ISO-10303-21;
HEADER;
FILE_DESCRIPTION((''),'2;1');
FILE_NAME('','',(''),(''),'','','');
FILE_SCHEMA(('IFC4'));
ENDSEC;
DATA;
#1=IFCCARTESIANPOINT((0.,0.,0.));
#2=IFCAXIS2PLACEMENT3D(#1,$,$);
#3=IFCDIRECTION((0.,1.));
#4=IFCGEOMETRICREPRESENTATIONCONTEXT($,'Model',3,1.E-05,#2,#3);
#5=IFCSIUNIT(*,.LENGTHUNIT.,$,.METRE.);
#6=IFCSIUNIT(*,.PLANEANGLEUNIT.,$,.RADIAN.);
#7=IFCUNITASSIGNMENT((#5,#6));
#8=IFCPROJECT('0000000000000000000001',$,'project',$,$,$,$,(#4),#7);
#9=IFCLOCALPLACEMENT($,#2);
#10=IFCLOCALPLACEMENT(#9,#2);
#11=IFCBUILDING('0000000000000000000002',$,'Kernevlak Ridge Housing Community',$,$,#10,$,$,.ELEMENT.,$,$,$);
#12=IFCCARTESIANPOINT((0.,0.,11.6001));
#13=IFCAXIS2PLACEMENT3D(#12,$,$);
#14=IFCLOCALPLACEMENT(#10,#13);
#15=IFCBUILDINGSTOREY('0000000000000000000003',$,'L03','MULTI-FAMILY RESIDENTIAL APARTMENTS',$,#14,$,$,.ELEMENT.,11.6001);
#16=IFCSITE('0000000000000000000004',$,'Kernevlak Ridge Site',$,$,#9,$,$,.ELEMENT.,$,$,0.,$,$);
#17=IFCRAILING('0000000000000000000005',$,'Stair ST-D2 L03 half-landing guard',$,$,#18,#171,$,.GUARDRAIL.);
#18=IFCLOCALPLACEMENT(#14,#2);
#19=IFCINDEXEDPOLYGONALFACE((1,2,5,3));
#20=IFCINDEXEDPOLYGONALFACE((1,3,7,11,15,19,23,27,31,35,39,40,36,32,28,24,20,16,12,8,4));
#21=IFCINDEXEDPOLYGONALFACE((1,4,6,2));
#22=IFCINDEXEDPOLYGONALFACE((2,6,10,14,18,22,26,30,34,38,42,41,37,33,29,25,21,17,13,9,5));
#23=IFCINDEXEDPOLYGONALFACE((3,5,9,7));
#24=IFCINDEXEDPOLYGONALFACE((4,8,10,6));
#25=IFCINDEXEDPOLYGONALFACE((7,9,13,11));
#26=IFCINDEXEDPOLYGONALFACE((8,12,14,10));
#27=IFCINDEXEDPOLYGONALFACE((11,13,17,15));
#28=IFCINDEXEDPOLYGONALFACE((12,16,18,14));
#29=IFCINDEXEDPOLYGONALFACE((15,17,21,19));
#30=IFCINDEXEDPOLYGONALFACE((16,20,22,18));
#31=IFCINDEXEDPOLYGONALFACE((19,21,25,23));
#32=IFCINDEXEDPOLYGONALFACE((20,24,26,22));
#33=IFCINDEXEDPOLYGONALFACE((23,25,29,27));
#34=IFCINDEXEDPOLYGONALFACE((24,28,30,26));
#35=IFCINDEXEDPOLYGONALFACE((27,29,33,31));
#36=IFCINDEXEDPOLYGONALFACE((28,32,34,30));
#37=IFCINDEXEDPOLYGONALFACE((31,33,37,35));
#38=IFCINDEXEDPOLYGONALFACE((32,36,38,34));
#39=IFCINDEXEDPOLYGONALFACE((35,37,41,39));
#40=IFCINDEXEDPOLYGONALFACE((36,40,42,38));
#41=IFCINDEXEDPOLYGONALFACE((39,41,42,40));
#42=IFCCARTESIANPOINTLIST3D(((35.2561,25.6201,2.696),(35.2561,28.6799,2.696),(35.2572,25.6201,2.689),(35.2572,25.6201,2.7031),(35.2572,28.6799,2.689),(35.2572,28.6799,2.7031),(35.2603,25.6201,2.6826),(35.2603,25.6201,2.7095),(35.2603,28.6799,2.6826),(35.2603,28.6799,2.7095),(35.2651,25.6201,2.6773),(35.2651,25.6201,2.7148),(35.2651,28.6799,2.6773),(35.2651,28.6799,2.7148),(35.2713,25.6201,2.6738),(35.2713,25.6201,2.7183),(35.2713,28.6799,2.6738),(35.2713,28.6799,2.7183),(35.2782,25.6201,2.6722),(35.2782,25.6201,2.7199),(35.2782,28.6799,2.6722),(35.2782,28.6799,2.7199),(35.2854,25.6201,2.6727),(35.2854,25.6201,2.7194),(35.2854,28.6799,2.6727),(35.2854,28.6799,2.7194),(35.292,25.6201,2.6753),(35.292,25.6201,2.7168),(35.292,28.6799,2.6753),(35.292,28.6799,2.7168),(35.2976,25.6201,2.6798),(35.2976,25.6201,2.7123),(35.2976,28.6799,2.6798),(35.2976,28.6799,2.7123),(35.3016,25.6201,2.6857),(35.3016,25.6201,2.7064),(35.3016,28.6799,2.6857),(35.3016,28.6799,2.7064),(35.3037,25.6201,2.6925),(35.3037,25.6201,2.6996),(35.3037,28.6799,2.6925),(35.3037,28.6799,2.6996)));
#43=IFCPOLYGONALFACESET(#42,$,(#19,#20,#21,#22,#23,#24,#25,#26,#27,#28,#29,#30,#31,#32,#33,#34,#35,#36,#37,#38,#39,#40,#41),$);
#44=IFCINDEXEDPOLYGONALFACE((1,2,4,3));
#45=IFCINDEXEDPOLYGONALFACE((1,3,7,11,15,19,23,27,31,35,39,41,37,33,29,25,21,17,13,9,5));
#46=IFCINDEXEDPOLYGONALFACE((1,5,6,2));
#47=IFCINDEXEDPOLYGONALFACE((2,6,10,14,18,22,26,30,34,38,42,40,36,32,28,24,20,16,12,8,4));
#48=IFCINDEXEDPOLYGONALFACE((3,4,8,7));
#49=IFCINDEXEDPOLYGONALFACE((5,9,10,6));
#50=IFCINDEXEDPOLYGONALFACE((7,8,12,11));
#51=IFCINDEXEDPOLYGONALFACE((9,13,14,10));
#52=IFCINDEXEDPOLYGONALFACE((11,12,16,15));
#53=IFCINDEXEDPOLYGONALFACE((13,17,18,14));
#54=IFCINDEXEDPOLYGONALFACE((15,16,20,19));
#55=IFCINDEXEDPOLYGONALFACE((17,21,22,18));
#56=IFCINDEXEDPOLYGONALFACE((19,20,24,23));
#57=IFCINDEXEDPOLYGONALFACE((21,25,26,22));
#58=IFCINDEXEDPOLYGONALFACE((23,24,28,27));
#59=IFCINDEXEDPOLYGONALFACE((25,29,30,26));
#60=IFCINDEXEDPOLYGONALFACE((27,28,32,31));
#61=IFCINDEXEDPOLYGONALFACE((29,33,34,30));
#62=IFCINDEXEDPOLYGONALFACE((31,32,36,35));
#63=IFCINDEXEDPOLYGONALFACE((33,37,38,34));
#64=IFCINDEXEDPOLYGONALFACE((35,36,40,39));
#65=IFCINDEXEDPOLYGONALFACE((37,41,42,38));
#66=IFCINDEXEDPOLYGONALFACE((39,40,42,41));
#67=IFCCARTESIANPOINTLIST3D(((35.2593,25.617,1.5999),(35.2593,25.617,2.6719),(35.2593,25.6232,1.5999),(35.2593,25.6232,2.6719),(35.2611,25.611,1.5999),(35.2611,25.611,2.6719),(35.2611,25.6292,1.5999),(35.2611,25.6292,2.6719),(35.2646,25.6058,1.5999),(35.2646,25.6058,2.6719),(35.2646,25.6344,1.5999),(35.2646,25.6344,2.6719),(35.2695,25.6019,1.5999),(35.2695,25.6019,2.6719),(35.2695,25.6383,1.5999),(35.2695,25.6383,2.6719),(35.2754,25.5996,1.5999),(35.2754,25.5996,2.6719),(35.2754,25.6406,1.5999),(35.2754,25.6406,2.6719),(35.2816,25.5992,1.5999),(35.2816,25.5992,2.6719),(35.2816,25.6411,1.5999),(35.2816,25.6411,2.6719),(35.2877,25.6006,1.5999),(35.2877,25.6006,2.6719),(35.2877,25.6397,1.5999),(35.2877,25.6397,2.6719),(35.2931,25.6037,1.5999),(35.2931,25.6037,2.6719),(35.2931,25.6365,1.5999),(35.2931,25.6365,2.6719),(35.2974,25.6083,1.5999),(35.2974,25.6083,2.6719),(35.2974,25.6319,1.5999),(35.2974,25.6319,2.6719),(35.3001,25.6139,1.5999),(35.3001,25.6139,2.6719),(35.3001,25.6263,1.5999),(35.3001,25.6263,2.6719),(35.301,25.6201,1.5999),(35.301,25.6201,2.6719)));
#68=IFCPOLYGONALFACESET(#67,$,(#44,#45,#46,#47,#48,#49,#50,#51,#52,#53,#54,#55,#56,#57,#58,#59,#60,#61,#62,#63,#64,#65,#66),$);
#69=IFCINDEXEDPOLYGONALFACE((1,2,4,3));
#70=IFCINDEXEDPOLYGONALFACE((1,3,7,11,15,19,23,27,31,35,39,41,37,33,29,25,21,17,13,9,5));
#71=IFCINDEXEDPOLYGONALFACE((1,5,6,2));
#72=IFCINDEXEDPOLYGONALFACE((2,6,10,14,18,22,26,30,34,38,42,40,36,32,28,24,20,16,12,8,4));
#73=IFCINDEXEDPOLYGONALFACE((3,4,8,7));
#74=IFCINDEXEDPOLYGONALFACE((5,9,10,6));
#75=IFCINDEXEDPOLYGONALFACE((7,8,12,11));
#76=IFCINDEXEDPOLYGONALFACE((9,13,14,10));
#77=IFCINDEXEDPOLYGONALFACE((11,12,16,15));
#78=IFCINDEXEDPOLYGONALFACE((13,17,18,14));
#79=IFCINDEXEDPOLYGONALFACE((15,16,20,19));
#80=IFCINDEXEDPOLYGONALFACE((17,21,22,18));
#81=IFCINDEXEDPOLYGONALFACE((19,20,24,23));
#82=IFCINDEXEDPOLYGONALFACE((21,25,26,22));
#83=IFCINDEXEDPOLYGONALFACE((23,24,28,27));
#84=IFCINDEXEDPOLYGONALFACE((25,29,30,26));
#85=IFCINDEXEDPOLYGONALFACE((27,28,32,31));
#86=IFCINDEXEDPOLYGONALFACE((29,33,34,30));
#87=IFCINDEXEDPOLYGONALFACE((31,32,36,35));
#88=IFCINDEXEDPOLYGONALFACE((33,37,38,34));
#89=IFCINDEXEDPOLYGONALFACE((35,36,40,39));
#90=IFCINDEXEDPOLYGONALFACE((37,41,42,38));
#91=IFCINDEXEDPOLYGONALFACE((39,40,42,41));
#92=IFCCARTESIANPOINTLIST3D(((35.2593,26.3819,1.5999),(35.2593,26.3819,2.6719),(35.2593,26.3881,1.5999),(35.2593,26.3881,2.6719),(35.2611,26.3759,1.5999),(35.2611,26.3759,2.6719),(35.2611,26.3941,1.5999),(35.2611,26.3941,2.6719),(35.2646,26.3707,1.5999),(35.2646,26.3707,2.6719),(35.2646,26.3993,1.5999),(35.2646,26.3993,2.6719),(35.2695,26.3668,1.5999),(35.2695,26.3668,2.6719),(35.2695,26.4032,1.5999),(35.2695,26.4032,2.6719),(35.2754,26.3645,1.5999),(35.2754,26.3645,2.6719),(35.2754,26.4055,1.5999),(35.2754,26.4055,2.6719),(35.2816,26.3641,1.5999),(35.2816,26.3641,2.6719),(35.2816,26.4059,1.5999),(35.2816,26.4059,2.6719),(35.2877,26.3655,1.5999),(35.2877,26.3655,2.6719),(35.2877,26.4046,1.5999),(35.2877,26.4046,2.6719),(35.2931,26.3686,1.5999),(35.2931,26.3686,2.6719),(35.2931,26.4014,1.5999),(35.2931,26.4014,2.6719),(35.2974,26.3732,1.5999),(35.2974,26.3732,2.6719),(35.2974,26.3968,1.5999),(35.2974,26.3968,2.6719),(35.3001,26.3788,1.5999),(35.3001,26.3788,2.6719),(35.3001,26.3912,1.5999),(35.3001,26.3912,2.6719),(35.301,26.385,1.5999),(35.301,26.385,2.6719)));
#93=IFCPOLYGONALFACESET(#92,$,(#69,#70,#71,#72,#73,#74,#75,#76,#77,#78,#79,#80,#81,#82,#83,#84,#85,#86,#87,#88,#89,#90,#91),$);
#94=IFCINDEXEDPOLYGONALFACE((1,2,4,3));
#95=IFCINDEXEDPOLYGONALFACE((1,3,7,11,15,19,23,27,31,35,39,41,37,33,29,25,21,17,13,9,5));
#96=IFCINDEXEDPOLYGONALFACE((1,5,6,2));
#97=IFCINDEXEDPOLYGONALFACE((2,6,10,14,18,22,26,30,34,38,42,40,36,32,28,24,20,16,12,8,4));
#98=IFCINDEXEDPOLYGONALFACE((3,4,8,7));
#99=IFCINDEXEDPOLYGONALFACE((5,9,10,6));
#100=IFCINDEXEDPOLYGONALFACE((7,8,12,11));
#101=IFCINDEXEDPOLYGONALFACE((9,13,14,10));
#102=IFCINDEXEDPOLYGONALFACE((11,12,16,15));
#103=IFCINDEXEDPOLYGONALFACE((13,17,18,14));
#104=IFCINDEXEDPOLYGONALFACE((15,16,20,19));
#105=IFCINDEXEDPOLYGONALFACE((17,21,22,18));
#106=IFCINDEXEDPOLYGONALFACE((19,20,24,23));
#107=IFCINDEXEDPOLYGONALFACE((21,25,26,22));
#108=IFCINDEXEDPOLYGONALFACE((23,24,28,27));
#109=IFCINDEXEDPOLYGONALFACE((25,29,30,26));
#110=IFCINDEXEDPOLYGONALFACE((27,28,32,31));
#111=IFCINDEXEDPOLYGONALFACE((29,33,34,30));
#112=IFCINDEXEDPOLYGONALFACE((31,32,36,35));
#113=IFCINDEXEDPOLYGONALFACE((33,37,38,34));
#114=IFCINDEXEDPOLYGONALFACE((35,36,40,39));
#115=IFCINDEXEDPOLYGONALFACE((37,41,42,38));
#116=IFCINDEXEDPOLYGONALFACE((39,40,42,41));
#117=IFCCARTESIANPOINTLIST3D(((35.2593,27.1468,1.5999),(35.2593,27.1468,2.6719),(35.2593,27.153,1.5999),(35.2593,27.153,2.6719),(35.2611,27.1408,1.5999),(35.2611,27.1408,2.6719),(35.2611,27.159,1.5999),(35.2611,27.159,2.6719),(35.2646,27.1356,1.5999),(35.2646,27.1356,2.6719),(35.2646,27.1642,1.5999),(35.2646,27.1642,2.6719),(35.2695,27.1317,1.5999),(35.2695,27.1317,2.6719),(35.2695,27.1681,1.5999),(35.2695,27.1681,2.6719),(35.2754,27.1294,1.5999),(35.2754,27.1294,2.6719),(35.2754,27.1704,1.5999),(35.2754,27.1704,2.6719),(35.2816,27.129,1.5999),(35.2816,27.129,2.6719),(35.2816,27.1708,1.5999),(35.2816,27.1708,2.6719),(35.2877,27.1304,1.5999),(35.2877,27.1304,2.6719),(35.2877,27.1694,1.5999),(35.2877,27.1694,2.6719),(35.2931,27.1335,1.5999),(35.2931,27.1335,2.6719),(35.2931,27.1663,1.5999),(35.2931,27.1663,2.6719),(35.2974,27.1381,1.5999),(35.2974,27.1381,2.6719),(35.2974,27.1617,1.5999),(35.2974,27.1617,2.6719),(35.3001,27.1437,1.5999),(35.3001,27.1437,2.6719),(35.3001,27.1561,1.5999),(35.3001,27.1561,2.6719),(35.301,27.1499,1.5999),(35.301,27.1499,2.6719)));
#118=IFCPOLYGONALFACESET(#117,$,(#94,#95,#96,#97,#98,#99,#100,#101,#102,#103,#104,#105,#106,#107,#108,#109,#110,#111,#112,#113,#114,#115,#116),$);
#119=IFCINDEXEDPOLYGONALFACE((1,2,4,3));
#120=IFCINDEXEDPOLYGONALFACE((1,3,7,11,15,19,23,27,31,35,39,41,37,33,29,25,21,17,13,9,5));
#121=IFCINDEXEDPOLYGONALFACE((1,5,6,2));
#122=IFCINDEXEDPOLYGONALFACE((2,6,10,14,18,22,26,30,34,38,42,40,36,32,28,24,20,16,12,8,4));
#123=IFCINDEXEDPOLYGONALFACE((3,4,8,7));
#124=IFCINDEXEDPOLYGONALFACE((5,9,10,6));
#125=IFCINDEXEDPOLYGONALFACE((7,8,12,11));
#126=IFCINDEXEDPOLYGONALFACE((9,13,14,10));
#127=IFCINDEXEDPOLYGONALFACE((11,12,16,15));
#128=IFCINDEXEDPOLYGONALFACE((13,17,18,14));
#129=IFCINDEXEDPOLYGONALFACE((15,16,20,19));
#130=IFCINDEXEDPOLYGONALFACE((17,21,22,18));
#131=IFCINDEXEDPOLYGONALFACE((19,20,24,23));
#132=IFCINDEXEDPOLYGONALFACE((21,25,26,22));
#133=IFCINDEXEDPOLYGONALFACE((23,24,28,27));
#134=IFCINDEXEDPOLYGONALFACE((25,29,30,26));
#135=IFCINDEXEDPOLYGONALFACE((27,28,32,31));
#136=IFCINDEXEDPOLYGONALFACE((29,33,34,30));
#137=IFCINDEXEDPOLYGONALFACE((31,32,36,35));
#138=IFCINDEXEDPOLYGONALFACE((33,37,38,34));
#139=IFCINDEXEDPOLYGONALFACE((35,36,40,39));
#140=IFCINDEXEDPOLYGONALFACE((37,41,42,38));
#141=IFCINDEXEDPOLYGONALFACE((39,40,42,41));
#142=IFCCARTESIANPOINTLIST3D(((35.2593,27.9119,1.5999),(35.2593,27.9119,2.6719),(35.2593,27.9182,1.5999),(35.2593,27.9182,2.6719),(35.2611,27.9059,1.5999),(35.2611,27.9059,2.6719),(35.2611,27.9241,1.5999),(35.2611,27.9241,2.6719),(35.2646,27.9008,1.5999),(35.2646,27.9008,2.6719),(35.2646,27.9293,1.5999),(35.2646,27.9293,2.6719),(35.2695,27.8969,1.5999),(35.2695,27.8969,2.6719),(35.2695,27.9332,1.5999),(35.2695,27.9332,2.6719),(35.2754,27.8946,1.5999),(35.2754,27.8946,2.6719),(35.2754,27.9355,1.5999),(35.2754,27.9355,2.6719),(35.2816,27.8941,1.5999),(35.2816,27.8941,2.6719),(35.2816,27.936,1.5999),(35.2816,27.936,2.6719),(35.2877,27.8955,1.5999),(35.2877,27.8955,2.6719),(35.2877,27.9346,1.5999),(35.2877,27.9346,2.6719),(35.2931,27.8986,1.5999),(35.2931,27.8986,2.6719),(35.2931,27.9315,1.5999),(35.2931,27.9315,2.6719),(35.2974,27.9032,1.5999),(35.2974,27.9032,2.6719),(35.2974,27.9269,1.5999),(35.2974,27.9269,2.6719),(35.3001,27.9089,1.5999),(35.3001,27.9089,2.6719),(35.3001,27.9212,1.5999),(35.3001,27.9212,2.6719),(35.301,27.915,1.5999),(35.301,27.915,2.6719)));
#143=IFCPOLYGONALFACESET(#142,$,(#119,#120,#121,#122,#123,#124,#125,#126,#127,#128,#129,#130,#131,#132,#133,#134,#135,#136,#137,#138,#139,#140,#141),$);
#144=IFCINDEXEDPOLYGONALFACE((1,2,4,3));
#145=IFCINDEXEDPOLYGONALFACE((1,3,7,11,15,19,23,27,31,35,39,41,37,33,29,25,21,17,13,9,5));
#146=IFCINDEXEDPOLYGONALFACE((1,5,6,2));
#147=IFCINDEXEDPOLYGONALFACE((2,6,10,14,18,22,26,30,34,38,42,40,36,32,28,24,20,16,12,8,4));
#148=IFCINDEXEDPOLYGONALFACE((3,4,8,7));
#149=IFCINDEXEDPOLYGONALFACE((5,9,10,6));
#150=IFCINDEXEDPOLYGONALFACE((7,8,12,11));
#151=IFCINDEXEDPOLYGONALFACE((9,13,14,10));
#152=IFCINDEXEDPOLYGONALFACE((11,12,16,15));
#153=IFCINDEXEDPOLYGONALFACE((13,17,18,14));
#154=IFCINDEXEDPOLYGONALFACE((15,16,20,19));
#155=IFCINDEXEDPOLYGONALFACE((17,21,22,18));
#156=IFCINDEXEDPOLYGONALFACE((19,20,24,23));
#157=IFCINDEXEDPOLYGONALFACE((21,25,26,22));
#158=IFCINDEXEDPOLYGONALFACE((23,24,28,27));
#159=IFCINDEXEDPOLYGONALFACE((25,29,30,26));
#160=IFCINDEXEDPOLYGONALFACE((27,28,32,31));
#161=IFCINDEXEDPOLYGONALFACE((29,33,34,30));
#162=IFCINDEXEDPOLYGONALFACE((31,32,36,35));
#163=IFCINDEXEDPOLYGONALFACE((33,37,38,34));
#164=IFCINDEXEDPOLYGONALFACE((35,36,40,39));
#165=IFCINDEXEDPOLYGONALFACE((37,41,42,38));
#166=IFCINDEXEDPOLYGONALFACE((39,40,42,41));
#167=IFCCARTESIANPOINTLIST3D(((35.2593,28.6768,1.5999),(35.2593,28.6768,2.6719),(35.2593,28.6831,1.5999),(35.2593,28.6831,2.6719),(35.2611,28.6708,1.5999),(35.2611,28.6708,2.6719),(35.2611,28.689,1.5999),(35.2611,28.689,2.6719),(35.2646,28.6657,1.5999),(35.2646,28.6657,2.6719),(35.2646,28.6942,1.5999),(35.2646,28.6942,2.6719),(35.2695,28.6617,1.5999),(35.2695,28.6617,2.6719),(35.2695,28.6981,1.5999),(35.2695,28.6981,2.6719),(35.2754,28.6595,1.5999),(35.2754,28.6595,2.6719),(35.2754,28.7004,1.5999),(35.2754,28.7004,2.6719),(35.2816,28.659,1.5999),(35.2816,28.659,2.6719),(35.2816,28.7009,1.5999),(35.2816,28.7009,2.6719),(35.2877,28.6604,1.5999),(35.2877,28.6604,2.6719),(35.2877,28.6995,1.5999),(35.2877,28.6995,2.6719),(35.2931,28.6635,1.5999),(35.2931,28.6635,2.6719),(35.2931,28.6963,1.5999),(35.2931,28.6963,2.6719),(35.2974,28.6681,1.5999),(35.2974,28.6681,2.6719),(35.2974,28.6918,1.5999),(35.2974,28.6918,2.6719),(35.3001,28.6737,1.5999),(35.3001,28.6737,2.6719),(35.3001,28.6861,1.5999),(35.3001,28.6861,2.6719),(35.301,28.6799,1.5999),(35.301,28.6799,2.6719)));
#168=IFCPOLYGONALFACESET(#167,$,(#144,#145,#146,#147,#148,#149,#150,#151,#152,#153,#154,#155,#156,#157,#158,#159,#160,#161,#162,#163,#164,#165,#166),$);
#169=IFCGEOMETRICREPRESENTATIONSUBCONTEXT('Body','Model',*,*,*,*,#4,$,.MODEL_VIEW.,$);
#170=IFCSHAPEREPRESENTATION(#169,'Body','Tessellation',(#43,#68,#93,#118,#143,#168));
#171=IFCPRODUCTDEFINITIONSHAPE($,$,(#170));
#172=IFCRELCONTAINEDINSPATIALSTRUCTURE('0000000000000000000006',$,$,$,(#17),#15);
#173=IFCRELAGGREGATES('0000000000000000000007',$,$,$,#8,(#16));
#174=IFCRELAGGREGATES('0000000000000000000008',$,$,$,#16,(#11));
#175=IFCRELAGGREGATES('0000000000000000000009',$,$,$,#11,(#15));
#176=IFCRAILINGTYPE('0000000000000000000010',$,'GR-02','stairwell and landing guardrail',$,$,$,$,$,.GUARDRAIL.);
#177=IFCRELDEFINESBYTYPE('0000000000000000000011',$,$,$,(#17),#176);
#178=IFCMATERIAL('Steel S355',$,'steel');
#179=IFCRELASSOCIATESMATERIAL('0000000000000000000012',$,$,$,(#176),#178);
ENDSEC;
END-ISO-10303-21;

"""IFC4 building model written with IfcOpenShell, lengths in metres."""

from ifc_helpers import new_model, si_unit, direction, frame, origin, origin_2d, place, context, subcontext, project, spatial, circle, extrude, material, type_object, element, save


model = new_model("IFC4")

# Units and contexts
model_context = context("Model", 3, precision=1e-05, world=origin(), true_north=direction((0.0, 1.0)))
body_context = subcontext(model_context, "Body", "Model", "MODEL_VIEW")
ifc_project = project(units=[si_unit("LENGTHUNIT", "METRE"), si_unit("PLANEANGLEUNIT", "RADIAN")], contexts=[model_context])

# Site, building, storey
site_placement = place(None, origin())
site = spatial("IfcSite", under=ifc_project, at=site_placement, Name="Kernevlak Ridge Site", CompositionType="ELEMENT", RefElevation=0.0)
building_placement = place(site_placement, origin())
building = spatial("IfcBuilding", under=site, at=building_placement, Name="Kernevlak Ridge Housing Community", CompositionType="ELEMENT")
storey_placement = place(building_placement, frame((0.0, 0.0, 11.6001)))
storey = spatial("IfcBuildingStorey", under=building, at=storey_placement, Name="L03", Description="MULTI-FAMILY RESIDENTIAL APARTMENTS", CompositionType="ELEMENT", Elevation=11.6001)

# Railing
ifc_material_1 = material(Name="Steel S355", Category="steel")
railing_type_1 = type_object("IfcRailingType", Name="GR-02", Description="stairwell and landing guardrail", PredefinedType="GUARDRAIL", material=ifc_material_1)
railing_1_placement = place(storey_placement, frame((35.28, 25.6201, 1.5999)))
element("IfcRailing", 1, at=railing_1_placement, inside=storey, type_object=railing_type_1, Name="Stair ST-D2 L03 half-landing guard", PredefinedType="GUARDRAIL", context=body_context, shape_type="SweptSolid", body=[
    extrude(circle(Radius=0.0239, at=origin_2d()), frame((0.0, 0.0, 1.0962), z_axis=(0.0, 1.0, 0.0), x_axis=(-1.0, 0.0, 0.0)), (0.0, 0.0, 1.0), 3.0598),
    extrude(circle(Radius=0.021, at=origin_2d()), origin(), (0.0, 0.0, 1.0), 1.072),
    extrude(circle(Radius=0.021, at=origin_2d()), frame((0.0, 0.7649, 0.0)), (0.0, 0.0, 1.0), 1.072),
    extrude(circle(Radius=0.021, at=origin_2d()), frame((0.0, 1.5298, 0.0)), (0.0, 0.0, 1.0), 1.072),
    extrude(circle(Radius=0.021, at=origin_2d()), frame((0.0, 2.2949, 0.0)), (0.0, 0.0, 1.0), 1.072),
    extrude(circle(Radius=0.021, at=origin_2d()), frame((0.0, 3.0598, 0.0)), (0.0, 0.0, 1.0), 1.072),
])

save(model, "model.ifc")
